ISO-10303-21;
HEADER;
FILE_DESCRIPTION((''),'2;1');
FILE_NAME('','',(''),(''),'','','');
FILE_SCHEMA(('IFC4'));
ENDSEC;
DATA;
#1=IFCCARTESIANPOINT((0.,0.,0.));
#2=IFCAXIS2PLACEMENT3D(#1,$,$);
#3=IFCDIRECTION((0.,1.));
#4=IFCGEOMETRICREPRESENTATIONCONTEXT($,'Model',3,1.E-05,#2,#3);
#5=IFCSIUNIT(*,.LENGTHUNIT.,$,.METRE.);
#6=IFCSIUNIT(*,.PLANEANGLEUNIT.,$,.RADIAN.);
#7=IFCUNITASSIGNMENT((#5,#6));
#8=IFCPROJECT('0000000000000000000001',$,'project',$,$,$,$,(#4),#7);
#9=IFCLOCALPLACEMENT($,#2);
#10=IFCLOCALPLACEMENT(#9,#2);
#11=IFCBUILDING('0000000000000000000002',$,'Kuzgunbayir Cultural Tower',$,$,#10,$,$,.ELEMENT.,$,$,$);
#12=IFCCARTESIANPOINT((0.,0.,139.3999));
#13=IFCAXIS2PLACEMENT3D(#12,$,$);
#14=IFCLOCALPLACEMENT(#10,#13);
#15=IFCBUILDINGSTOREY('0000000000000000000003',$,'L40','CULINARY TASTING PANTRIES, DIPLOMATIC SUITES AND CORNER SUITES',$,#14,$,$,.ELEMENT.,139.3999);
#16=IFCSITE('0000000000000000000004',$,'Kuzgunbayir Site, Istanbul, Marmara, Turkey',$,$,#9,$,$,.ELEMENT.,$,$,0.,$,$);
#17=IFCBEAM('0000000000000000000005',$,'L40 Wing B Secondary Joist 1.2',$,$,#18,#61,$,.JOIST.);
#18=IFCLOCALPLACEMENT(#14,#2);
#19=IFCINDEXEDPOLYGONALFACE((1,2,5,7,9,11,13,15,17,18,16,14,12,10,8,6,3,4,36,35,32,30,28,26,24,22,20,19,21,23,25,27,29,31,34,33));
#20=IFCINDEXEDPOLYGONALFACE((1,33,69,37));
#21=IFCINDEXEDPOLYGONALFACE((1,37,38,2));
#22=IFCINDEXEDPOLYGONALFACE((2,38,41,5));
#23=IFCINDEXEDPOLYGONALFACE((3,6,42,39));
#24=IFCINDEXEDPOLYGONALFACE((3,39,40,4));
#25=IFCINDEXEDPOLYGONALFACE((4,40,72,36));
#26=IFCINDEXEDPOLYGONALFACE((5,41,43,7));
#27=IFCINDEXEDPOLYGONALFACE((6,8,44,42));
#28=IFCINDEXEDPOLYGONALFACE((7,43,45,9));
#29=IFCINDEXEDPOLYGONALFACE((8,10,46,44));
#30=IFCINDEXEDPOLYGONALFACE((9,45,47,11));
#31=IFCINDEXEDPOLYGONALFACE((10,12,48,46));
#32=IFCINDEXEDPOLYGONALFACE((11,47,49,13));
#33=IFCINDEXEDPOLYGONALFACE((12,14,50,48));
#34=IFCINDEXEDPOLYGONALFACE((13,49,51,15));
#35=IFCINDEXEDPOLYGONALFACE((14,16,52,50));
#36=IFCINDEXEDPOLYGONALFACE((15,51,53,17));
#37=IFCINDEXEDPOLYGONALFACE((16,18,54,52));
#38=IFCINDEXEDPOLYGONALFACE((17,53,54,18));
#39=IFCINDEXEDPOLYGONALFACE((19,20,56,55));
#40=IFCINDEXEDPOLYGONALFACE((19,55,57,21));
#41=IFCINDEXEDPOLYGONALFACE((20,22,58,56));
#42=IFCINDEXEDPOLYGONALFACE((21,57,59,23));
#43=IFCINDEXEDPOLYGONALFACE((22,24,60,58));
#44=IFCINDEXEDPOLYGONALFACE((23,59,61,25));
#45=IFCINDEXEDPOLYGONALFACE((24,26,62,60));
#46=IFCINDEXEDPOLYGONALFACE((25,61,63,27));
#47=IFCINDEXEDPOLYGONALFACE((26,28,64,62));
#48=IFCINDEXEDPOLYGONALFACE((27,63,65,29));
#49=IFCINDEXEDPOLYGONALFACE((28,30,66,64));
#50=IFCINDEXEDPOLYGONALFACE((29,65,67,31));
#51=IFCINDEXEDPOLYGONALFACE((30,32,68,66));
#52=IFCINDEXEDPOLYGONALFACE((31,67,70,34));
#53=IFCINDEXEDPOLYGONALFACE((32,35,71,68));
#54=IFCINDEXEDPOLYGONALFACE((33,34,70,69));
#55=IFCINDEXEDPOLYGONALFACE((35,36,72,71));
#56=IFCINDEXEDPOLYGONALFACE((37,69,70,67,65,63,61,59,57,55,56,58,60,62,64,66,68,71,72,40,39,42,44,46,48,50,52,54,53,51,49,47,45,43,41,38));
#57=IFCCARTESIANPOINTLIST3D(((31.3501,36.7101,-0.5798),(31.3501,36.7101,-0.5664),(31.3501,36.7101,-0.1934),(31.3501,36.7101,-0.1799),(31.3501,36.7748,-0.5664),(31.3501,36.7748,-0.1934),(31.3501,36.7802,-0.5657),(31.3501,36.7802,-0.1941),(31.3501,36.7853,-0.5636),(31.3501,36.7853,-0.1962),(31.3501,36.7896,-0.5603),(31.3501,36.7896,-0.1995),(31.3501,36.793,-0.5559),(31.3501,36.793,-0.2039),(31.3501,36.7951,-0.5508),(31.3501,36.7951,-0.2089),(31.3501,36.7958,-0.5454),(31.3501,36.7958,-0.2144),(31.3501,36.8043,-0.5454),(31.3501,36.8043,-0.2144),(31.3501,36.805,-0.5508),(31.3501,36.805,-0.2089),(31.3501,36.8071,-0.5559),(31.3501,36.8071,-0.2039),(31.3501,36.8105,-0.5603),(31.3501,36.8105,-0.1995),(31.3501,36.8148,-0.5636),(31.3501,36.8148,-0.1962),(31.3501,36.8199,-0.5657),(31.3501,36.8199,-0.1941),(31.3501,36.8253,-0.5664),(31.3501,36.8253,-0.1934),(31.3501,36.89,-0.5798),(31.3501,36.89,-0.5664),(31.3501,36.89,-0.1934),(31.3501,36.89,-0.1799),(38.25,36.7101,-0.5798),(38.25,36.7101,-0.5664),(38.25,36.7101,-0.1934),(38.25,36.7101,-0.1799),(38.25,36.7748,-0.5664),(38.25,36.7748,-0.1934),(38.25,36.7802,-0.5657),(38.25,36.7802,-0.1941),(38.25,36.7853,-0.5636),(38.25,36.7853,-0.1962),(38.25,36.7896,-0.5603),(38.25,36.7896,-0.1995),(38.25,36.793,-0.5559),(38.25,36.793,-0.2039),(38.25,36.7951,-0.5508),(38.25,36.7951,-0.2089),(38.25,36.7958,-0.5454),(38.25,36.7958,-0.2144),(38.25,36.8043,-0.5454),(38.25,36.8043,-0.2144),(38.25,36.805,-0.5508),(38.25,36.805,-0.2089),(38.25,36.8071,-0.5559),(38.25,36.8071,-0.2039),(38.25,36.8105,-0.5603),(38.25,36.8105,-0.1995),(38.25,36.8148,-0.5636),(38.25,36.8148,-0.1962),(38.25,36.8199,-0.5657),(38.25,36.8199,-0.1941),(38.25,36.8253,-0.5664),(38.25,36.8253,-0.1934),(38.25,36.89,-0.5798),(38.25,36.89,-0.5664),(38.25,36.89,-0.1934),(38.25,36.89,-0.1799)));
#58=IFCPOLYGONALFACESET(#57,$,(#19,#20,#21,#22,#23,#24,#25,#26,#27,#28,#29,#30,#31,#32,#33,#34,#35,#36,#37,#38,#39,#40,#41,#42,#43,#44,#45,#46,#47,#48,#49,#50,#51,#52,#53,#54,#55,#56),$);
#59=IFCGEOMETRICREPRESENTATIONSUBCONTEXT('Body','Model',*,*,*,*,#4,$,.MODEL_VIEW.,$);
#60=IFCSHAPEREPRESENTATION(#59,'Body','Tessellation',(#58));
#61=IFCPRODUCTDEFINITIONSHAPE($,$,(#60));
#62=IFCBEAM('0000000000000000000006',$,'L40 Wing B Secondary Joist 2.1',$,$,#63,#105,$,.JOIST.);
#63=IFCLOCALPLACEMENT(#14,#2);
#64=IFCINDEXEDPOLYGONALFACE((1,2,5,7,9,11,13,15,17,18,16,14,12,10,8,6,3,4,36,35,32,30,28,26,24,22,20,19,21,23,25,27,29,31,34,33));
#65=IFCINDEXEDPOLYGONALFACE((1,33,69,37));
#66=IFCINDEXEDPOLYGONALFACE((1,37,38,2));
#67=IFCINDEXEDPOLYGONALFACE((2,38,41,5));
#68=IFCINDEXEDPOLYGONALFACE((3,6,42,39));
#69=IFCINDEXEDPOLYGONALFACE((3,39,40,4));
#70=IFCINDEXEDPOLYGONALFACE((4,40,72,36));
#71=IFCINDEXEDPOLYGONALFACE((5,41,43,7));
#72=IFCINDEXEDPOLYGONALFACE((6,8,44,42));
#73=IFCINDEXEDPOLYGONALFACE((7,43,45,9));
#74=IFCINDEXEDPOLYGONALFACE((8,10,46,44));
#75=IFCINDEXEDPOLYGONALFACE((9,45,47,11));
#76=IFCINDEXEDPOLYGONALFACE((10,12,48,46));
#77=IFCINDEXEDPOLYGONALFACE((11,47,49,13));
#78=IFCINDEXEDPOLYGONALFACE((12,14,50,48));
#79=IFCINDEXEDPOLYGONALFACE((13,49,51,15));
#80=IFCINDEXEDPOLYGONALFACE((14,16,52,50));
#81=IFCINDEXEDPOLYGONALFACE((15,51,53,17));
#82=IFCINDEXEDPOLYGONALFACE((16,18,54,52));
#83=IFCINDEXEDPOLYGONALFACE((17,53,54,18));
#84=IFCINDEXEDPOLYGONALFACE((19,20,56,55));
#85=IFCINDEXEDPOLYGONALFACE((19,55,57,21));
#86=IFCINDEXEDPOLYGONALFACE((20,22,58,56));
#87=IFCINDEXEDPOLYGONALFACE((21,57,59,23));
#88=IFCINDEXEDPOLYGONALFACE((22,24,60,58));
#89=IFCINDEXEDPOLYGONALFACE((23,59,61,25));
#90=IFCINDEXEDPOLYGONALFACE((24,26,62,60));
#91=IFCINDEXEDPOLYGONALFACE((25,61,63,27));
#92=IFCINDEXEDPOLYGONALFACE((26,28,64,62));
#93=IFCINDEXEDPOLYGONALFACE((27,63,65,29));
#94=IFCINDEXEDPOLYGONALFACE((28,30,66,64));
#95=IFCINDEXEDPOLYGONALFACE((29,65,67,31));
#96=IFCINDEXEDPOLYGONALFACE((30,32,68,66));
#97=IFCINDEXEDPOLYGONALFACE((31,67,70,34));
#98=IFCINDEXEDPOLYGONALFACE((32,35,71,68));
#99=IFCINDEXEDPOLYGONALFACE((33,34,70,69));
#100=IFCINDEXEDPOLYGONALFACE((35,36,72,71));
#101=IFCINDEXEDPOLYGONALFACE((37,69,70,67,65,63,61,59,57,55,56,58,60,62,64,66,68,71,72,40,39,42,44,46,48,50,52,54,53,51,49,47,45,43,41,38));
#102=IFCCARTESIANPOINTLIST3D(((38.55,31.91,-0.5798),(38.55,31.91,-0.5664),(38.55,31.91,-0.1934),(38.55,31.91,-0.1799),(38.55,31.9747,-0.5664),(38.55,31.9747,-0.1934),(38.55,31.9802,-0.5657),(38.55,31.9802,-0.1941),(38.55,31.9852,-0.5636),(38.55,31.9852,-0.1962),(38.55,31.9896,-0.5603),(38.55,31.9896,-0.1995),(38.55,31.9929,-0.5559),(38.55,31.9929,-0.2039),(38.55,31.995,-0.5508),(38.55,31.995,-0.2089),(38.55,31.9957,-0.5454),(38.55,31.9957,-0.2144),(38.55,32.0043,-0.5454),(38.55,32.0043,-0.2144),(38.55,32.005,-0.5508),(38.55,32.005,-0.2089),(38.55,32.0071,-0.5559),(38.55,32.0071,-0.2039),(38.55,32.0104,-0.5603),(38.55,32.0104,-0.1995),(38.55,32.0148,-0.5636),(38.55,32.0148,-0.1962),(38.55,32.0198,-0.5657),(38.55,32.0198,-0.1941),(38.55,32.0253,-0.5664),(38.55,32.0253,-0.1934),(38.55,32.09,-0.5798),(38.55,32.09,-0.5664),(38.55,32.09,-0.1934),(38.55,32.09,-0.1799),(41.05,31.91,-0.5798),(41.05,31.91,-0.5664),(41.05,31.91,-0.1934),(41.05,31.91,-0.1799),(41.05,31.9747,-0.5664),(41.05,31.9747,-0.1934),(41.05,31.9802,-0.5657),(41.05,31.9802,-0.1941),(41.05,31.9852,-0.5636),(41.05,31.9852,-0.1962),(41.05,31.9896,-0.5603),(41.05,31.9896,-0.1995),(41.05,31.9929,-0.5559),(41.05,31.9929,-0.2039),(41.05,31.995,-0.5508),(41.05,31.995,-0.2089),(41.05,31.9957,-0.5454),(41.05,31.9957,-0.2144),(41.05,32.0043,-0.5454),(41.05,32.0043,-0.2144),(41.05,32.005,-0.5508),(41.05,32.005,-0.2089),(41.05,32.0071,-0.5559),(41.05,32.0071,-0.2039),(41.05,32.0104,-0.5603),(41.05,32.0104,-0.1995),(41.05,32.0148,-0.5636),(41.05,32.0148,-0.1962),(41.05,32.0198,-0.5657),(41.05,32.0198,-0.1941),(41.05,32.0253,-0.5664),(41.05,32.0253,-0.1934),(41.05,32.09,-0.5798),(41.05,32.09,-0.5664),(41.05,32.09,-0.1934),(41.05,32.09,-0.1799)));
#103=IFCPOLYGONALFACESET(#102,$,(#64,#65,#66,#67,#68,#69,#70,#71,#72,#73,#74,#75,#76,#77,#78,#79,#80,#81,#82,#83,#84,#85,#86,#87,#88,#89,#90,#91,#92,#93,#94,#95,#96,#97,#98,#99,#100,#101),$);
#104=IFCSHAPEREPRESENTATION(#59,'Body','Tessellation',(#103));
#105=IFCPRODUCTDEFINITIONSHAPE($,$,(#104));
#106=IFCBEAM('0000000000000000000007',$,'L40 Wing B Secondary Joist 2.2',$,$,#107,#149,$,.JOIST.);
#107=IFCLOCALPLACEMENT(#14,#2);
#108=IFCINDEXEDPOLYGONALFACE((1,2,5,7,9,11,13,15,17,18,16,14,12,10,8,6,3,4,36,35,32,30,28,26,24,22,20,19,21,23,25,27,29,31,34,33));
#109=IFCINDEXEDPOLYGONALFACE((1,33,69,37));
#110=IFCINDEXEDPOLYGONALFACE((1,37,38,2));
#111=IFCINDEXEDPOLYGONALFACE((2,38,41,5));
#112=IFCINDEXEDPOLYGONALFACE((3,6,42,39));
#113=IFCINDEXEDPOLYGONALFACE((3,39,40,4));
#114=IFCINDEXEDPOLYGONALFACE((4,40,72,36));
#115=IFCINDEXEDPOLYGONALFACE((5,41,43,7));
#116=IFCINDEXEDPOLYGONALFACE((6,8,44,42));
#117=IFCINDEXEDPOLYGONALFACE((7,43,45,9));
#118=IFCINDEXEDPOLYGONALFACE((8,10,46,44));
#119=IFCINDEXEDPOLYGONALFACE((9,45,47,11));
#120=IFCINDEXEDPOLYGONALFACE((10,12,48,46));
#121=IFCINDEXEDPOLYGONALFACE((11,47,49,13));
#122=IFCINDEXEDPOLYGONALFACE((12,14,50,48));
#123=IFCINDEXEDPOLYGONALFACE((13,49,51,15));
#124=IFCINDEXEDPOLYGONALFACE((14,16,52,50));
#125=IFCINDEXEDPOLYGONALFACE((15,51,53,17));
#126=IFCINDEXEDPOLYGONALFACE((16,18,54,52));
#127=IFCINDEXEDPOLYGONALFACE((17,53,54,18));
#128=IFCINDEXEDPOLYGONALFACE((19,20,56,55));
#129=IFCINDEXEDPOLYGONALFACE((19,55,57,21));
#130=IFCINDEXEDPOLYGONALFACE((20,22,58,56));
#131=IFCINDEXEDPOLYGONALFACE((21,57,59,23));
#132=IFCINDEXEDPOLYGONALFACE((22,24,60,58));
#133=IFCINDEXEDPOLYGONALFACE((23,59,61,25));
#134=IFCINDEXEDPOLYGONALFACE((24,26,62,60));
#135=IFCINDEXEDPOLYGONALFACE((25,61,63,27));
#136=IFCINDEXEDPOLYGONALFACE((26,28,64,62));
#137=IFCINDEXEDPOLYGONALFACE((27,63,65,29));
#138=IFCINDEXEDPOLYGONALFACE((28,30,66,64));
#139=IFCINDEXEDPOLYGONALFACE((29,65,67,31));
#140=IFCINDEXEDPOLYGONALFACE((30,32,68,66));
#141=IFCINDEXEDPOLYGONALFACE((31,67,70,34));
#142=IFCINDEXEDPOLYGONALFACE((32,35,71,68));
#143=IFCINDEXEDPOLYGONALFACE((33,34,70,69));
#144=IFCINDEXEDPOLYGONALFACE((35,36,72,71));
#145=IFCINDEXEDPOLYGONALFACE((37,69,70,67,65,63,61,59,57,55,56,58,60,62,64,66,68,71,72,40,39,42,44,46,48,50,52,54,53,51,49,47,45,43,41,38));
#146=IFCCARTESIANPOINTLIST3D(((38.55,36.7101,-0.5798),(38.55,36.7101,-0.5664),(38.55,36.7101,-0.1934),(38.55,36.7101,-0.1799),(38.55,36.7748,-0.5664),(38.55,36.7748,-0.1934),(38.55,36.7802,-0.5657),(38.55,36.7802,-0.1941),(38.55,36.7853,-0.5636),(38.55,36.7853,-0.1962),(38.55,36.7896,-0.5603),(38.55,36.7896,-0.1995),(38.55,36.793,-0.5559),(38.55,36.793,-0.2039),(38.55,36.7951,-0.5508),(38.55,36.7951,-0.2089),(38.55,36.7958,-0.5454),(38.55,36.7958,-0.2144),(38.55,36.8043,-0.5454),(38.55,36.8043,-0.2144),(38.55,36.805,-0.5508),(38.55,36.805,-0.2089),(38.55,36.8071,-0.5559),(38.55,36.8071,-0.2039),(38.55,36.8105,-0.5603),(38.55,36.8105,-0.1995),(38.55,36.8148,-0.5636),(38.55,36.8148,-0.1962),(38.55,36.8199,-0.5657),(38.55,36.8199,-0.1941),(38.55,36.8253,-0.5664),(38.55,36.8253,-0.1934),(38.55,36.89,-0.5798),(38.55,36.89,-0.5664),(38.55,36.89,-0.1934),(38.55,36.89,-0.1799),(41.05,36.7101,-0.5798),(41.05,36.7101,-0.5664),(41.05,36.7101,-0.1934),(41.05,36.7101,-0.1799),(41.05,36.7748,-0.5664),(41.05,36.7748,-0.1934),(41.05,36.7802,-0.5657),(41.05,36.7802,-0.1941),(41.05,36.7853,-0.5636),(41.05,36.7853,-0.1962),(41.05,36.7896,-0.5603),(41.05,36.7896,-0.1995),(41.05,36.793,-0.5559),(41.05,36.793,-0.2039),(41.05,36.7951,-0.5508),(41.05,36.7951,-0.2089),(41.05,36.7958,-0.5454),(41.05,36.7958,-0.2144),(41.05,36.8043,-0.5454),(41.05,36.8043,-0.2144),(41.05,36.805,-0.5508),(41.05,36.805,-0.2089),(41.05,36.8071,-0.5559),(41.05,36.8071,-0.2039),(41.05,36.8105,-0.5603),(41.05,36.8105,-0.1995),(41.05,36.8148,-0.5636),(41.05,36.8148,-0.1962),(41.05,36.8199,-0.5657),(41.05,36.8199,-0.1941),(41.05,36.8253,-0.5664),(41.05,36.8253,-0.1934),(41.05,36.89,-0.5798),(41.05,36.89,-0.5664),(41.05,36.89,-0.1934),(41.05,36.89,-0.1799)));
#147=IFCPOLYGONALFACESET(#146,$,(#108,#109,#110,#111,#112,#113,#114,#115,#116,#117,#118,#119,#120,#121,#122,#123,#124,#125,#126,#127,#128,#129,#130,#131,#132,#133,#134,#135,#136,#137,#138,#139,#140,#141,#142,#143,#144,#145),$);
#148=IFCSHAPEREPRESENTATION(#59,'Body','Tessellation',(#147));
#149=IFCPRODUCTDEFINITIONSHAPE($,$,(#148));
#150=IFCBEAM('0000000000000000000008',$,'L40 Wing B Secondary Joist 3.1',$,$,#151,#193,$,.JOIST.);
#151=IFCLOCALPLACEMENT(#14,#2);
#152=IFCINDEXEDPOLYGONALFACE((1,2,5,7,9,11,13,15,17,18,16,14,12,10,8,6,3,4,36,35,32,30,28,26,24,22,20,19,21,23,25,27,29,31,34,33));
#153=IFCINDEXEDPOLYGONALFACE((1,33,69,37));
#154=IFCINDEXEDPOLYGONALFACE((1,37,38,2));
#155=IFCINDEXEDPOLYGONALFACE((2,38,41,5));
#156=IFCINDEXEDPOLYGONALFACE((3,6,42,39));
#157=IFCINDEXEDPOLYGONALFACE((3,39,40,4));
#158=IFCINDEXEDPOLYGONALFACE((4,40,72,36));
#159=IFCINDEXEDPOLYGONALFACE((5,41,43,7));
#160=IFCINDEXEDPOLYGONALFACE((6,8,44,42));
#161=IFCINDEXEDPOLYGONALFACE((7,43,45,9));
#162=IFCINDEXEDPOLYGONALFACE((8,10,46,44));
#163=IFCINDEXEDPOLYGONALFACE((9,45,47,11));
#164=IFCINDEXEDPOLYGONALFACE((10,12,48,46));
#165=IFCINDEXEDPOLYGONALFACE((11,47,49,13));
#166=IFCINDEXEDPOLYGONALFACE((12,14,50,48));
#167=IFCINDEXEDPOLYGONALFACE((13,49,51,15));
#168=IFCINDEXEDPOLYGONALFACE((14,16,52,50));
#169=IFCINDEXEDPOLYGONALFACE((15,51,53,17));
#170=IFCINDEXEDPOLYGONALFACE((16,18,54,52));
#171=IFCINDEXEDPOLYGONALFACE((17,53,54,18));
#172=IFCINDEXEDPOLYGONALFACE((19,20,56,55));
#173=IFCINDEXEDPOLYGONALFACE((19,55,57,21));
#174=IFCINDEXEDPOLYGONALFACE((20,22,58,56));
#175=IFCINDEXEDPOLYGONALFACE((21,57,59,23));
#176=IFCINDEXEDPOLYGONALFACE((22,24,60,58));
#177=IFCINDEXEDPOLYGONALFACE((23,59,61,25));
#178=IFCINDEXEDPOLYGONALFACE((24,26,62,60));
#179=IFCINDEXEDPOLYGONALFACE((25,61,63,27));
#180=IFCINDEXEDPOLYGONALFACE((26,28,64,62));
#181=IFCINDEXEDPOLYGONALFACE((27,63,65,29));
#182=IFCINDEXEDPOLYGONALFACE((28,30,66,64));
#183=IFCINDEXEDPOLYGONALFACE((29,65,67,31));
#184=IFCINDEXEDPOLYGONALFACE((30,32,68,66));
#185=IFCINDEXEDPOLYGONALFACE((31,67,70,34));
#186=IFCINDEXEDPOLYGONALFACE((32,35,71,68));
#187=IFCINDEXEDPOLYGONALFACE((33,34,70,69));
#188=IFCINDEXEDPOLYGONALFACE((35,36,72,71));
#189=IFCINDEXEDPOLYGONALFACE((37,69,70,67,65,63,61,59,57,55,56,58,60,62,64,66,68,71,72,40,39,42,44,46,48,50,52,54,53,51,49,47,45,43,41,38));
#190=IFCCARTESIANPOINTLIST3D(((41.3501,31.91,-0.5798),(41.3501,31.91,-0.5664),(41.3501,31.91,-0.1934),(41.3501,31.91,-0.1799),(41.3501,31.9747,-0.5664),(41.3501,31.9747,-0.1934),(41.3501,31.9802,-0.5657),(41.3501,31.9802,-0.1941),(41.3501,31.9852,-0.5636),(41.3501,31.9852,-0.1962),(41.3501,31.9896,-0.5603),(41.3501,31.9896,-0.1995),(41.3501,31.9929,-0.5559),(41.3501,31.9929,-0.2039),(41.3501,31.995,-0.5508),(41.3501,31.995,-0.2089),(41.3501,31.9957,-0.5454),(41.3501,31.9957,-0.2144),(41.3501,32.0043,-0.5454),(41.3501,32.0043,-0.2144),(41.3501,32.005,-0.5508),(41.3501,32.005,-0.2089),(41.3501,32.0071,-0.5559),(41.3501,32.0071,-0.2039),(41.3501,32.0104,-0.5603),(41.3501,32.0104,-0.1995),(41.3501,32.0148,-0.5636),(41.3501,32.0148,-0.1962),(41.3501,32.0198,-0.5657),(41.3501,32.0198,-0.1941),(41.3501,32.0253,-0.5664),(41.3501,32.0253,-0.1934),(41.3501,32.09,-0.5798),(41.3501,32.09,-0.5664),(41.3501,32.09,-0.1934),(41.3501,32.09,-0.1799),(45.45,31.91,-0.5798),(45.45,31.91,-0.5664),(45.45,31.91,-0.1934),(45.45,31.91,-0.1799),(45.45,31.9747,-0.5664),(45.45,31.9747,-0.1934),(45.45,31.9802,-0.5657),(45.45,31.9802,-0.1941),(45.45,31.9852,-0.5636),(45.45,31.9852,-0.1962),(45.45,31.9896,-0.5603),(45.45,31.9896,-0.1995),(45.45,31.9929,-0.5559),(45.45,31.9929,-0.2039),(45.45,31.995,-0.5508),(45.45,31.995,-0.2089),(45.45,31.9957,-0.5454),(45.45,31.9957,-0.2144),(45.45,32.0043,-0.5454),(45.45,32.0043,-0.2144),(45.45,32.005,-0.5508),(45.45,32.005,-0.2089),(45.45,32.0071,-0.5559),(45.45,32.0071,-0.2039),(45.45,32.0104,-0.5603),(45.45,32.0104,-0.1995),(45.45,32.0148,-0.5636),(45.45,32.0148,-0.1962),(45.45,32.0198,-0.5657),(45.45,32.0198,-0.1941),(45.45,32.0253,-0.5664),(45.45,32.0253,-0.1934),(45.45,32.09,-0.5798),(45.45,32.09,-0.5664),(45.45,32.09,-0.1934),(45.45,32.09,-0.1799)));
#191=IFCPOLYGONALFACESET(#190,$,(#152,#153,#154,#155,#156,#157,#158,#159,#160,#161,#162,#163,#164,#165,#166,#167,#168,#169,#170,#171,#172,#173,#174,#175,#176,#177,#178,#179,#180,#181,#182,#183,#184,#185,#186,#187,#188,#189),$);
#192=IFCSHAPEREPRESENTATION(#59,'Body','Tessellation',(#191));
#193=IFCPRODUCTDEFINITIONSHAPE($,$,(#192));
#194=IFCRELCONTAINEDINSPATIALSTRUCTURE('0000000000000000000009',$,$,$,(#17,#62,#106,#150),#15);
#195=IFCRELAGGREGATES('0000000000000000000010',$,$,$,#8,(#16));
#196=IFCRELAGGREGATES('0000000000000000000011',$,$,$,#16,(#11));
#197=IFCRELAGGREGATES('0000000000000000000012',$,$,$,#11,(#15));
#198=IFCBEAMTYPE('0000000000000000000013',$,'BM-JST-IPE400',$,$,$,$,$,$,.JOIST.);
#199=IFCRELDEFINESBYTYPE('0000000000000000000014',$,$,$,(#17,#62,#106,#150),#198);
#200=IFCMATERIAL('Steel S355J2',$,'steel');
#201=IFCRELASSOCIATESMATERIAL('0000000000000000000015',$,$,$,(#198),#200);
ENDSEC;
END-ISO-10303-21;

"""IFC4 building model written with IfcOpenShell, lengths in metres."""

from ifc_helpers import new_model, si_unit, direction, frame, origin, origin_2d, place, context, subcontext, project, spatial, i_section, extrude, material, material_profile, profile_set, type_object, element, save


model = new_model("IFC4")

# Units and contexts
model_context = context("Model", 3, precision=1e-05, world=origin(), true_north=direction((0.0, 1.0)))
body_context = subcontext(model_context, "Body", "Model", "MODEL_VIEW")
ifc_project = project(units=[si_unit("LENGTHUNIT", "METRE"), si_unit("PLANEANGLEUNIT", "RADIAN")], contexts=[model_context])

# Site, building, storey
site_placement = place(None, origin())
site = spatial("IfcSite", under=ifc_project, at=site_placement, Name="Kuzgunbayir Site, Istanbul, Marmara, Turkey", CompositionType="ELEMENT", RefElevation=0.0)
building_placement = place(site_placement, origin())
building = spatial("IfcBuilding", under=site, at=building_placement, Name="Kuzgunbayir Cultural Tower", CompositionType="ELEMENT")
storey_placement = place(building_placement, frame((0.0, 0.0, 139.3999)))
storey = spatial("IfcBuildingStorey", under=building, at=storey_placement, Name="L40", Description="CULINARY TASTING PANTRIES, DIPLOMATIC SUITES AND CORNER SUITES", CompositionType="ELEMENT", Elevation=139.3999)

# Beams
ifc_material_1 = material(Name="Steel S355J2", Category="steel")
ifc_material_profile_1 = material_profile(ifc_material_1, i_section(OverallWidth=0.1799, OverallDepth=0.3999, WebThickness=0.0085, FlangeThickness=0.0134, FilletRadius=0.021, at=origin_2d()), Name="IPE 400")
ifc_profile_set_1 = profile_set([ifc_material_profile_1], Name="Steel S355J2")
beam_type_1 = type_object("IfcBeamType", Name="BM-JST-IPE400", PredefinedType="JOIST", material=ifc_profile_set_1)
for number, where, z_axis, x_axis, name in (
    (1, (31.3501, 36.8, -0.3799), (1.0, 0.0, 0.0), (0.0, 1.0, 0.0), "L40 Wing B Secondary Joist 1.2"),
):
    element("IfcBeam", number, at=place(storey_placement, frame(where, z_axis=z_axis, x_axis=x_axis)), inside=storey, type_object=beam_type_1, Name=name, PredefinedType="JOIST", context=body_context, shape_type="SweptSolid", body=[
        extrude(i_section(OverallWidth=0.1799, OverallDepth=0.3999, WebThickness=0.0085, FlangeThickness=0.0134, FilletRadius=0.021, at=origin_2d()), origin(), (0.0, 0.0, 1.0), 6.8999),
    ])
for number, where, z_axis, x_axis, name in (
    (2, (38.55, 32.0, -0.3799), (1.0, 0.0, 0.0), (0.0, 1.0, 0.0), "L40 Wing B Secondary Joist 2.1"),
    (3, (38.55, 36.8, -0.3799), (1.0, 0.0, 0.0), (0.0, 1.0, 0.0), "L40 Wing B Secondary Joist 2.2"),
):
    element("IfcBeam", number, at=place(storey_placement, frame(where, z_axis=z_axis, x_axis=x_axis)), inside=storey, type_object=beam_type_1, Name=name, PredefinedType="JOIST", context=body_context, shape_type="SweptSolid", body=[
        extrude(i_section(OverallWidth=0.1799, OverallDepth=0.3999, WebThickness=0.0085, FlangeThickness=0.0134, FilletRadius=0.021, at=origin_2d()), origin(), (0.0, 0.0, 1.0), 2.5),
    ])
for number, where, z_axis, x_axis, name in (
    (4, (41.3501, 32.0, -0.3799), (1.0, 0.0, 0.0), (0.0, 1.0, 0.0), "L40 Wing B Secondary Joist 3.1"),
):
    element("IfcBeam", number, at=place(storey_placement, frame(where, z_axis=z_axis, x_axis=x_axis)), inside=storey, type_object=beam_type_1, Name=name, PredefinedType="JOIST", context=body_context, shape_type="SweptSolid", body=[
        extrude(i_section(OverallWidth=0.1799, OverallDepth=0.3999, WebThickness=0.0085, FlangeThickness=0.0134, FilletRadius=0.021, at=origin_2d()), origin(), (0.0, 0.0, 1.0), 4.0999),
    ])

save(model, "model.ifc")
